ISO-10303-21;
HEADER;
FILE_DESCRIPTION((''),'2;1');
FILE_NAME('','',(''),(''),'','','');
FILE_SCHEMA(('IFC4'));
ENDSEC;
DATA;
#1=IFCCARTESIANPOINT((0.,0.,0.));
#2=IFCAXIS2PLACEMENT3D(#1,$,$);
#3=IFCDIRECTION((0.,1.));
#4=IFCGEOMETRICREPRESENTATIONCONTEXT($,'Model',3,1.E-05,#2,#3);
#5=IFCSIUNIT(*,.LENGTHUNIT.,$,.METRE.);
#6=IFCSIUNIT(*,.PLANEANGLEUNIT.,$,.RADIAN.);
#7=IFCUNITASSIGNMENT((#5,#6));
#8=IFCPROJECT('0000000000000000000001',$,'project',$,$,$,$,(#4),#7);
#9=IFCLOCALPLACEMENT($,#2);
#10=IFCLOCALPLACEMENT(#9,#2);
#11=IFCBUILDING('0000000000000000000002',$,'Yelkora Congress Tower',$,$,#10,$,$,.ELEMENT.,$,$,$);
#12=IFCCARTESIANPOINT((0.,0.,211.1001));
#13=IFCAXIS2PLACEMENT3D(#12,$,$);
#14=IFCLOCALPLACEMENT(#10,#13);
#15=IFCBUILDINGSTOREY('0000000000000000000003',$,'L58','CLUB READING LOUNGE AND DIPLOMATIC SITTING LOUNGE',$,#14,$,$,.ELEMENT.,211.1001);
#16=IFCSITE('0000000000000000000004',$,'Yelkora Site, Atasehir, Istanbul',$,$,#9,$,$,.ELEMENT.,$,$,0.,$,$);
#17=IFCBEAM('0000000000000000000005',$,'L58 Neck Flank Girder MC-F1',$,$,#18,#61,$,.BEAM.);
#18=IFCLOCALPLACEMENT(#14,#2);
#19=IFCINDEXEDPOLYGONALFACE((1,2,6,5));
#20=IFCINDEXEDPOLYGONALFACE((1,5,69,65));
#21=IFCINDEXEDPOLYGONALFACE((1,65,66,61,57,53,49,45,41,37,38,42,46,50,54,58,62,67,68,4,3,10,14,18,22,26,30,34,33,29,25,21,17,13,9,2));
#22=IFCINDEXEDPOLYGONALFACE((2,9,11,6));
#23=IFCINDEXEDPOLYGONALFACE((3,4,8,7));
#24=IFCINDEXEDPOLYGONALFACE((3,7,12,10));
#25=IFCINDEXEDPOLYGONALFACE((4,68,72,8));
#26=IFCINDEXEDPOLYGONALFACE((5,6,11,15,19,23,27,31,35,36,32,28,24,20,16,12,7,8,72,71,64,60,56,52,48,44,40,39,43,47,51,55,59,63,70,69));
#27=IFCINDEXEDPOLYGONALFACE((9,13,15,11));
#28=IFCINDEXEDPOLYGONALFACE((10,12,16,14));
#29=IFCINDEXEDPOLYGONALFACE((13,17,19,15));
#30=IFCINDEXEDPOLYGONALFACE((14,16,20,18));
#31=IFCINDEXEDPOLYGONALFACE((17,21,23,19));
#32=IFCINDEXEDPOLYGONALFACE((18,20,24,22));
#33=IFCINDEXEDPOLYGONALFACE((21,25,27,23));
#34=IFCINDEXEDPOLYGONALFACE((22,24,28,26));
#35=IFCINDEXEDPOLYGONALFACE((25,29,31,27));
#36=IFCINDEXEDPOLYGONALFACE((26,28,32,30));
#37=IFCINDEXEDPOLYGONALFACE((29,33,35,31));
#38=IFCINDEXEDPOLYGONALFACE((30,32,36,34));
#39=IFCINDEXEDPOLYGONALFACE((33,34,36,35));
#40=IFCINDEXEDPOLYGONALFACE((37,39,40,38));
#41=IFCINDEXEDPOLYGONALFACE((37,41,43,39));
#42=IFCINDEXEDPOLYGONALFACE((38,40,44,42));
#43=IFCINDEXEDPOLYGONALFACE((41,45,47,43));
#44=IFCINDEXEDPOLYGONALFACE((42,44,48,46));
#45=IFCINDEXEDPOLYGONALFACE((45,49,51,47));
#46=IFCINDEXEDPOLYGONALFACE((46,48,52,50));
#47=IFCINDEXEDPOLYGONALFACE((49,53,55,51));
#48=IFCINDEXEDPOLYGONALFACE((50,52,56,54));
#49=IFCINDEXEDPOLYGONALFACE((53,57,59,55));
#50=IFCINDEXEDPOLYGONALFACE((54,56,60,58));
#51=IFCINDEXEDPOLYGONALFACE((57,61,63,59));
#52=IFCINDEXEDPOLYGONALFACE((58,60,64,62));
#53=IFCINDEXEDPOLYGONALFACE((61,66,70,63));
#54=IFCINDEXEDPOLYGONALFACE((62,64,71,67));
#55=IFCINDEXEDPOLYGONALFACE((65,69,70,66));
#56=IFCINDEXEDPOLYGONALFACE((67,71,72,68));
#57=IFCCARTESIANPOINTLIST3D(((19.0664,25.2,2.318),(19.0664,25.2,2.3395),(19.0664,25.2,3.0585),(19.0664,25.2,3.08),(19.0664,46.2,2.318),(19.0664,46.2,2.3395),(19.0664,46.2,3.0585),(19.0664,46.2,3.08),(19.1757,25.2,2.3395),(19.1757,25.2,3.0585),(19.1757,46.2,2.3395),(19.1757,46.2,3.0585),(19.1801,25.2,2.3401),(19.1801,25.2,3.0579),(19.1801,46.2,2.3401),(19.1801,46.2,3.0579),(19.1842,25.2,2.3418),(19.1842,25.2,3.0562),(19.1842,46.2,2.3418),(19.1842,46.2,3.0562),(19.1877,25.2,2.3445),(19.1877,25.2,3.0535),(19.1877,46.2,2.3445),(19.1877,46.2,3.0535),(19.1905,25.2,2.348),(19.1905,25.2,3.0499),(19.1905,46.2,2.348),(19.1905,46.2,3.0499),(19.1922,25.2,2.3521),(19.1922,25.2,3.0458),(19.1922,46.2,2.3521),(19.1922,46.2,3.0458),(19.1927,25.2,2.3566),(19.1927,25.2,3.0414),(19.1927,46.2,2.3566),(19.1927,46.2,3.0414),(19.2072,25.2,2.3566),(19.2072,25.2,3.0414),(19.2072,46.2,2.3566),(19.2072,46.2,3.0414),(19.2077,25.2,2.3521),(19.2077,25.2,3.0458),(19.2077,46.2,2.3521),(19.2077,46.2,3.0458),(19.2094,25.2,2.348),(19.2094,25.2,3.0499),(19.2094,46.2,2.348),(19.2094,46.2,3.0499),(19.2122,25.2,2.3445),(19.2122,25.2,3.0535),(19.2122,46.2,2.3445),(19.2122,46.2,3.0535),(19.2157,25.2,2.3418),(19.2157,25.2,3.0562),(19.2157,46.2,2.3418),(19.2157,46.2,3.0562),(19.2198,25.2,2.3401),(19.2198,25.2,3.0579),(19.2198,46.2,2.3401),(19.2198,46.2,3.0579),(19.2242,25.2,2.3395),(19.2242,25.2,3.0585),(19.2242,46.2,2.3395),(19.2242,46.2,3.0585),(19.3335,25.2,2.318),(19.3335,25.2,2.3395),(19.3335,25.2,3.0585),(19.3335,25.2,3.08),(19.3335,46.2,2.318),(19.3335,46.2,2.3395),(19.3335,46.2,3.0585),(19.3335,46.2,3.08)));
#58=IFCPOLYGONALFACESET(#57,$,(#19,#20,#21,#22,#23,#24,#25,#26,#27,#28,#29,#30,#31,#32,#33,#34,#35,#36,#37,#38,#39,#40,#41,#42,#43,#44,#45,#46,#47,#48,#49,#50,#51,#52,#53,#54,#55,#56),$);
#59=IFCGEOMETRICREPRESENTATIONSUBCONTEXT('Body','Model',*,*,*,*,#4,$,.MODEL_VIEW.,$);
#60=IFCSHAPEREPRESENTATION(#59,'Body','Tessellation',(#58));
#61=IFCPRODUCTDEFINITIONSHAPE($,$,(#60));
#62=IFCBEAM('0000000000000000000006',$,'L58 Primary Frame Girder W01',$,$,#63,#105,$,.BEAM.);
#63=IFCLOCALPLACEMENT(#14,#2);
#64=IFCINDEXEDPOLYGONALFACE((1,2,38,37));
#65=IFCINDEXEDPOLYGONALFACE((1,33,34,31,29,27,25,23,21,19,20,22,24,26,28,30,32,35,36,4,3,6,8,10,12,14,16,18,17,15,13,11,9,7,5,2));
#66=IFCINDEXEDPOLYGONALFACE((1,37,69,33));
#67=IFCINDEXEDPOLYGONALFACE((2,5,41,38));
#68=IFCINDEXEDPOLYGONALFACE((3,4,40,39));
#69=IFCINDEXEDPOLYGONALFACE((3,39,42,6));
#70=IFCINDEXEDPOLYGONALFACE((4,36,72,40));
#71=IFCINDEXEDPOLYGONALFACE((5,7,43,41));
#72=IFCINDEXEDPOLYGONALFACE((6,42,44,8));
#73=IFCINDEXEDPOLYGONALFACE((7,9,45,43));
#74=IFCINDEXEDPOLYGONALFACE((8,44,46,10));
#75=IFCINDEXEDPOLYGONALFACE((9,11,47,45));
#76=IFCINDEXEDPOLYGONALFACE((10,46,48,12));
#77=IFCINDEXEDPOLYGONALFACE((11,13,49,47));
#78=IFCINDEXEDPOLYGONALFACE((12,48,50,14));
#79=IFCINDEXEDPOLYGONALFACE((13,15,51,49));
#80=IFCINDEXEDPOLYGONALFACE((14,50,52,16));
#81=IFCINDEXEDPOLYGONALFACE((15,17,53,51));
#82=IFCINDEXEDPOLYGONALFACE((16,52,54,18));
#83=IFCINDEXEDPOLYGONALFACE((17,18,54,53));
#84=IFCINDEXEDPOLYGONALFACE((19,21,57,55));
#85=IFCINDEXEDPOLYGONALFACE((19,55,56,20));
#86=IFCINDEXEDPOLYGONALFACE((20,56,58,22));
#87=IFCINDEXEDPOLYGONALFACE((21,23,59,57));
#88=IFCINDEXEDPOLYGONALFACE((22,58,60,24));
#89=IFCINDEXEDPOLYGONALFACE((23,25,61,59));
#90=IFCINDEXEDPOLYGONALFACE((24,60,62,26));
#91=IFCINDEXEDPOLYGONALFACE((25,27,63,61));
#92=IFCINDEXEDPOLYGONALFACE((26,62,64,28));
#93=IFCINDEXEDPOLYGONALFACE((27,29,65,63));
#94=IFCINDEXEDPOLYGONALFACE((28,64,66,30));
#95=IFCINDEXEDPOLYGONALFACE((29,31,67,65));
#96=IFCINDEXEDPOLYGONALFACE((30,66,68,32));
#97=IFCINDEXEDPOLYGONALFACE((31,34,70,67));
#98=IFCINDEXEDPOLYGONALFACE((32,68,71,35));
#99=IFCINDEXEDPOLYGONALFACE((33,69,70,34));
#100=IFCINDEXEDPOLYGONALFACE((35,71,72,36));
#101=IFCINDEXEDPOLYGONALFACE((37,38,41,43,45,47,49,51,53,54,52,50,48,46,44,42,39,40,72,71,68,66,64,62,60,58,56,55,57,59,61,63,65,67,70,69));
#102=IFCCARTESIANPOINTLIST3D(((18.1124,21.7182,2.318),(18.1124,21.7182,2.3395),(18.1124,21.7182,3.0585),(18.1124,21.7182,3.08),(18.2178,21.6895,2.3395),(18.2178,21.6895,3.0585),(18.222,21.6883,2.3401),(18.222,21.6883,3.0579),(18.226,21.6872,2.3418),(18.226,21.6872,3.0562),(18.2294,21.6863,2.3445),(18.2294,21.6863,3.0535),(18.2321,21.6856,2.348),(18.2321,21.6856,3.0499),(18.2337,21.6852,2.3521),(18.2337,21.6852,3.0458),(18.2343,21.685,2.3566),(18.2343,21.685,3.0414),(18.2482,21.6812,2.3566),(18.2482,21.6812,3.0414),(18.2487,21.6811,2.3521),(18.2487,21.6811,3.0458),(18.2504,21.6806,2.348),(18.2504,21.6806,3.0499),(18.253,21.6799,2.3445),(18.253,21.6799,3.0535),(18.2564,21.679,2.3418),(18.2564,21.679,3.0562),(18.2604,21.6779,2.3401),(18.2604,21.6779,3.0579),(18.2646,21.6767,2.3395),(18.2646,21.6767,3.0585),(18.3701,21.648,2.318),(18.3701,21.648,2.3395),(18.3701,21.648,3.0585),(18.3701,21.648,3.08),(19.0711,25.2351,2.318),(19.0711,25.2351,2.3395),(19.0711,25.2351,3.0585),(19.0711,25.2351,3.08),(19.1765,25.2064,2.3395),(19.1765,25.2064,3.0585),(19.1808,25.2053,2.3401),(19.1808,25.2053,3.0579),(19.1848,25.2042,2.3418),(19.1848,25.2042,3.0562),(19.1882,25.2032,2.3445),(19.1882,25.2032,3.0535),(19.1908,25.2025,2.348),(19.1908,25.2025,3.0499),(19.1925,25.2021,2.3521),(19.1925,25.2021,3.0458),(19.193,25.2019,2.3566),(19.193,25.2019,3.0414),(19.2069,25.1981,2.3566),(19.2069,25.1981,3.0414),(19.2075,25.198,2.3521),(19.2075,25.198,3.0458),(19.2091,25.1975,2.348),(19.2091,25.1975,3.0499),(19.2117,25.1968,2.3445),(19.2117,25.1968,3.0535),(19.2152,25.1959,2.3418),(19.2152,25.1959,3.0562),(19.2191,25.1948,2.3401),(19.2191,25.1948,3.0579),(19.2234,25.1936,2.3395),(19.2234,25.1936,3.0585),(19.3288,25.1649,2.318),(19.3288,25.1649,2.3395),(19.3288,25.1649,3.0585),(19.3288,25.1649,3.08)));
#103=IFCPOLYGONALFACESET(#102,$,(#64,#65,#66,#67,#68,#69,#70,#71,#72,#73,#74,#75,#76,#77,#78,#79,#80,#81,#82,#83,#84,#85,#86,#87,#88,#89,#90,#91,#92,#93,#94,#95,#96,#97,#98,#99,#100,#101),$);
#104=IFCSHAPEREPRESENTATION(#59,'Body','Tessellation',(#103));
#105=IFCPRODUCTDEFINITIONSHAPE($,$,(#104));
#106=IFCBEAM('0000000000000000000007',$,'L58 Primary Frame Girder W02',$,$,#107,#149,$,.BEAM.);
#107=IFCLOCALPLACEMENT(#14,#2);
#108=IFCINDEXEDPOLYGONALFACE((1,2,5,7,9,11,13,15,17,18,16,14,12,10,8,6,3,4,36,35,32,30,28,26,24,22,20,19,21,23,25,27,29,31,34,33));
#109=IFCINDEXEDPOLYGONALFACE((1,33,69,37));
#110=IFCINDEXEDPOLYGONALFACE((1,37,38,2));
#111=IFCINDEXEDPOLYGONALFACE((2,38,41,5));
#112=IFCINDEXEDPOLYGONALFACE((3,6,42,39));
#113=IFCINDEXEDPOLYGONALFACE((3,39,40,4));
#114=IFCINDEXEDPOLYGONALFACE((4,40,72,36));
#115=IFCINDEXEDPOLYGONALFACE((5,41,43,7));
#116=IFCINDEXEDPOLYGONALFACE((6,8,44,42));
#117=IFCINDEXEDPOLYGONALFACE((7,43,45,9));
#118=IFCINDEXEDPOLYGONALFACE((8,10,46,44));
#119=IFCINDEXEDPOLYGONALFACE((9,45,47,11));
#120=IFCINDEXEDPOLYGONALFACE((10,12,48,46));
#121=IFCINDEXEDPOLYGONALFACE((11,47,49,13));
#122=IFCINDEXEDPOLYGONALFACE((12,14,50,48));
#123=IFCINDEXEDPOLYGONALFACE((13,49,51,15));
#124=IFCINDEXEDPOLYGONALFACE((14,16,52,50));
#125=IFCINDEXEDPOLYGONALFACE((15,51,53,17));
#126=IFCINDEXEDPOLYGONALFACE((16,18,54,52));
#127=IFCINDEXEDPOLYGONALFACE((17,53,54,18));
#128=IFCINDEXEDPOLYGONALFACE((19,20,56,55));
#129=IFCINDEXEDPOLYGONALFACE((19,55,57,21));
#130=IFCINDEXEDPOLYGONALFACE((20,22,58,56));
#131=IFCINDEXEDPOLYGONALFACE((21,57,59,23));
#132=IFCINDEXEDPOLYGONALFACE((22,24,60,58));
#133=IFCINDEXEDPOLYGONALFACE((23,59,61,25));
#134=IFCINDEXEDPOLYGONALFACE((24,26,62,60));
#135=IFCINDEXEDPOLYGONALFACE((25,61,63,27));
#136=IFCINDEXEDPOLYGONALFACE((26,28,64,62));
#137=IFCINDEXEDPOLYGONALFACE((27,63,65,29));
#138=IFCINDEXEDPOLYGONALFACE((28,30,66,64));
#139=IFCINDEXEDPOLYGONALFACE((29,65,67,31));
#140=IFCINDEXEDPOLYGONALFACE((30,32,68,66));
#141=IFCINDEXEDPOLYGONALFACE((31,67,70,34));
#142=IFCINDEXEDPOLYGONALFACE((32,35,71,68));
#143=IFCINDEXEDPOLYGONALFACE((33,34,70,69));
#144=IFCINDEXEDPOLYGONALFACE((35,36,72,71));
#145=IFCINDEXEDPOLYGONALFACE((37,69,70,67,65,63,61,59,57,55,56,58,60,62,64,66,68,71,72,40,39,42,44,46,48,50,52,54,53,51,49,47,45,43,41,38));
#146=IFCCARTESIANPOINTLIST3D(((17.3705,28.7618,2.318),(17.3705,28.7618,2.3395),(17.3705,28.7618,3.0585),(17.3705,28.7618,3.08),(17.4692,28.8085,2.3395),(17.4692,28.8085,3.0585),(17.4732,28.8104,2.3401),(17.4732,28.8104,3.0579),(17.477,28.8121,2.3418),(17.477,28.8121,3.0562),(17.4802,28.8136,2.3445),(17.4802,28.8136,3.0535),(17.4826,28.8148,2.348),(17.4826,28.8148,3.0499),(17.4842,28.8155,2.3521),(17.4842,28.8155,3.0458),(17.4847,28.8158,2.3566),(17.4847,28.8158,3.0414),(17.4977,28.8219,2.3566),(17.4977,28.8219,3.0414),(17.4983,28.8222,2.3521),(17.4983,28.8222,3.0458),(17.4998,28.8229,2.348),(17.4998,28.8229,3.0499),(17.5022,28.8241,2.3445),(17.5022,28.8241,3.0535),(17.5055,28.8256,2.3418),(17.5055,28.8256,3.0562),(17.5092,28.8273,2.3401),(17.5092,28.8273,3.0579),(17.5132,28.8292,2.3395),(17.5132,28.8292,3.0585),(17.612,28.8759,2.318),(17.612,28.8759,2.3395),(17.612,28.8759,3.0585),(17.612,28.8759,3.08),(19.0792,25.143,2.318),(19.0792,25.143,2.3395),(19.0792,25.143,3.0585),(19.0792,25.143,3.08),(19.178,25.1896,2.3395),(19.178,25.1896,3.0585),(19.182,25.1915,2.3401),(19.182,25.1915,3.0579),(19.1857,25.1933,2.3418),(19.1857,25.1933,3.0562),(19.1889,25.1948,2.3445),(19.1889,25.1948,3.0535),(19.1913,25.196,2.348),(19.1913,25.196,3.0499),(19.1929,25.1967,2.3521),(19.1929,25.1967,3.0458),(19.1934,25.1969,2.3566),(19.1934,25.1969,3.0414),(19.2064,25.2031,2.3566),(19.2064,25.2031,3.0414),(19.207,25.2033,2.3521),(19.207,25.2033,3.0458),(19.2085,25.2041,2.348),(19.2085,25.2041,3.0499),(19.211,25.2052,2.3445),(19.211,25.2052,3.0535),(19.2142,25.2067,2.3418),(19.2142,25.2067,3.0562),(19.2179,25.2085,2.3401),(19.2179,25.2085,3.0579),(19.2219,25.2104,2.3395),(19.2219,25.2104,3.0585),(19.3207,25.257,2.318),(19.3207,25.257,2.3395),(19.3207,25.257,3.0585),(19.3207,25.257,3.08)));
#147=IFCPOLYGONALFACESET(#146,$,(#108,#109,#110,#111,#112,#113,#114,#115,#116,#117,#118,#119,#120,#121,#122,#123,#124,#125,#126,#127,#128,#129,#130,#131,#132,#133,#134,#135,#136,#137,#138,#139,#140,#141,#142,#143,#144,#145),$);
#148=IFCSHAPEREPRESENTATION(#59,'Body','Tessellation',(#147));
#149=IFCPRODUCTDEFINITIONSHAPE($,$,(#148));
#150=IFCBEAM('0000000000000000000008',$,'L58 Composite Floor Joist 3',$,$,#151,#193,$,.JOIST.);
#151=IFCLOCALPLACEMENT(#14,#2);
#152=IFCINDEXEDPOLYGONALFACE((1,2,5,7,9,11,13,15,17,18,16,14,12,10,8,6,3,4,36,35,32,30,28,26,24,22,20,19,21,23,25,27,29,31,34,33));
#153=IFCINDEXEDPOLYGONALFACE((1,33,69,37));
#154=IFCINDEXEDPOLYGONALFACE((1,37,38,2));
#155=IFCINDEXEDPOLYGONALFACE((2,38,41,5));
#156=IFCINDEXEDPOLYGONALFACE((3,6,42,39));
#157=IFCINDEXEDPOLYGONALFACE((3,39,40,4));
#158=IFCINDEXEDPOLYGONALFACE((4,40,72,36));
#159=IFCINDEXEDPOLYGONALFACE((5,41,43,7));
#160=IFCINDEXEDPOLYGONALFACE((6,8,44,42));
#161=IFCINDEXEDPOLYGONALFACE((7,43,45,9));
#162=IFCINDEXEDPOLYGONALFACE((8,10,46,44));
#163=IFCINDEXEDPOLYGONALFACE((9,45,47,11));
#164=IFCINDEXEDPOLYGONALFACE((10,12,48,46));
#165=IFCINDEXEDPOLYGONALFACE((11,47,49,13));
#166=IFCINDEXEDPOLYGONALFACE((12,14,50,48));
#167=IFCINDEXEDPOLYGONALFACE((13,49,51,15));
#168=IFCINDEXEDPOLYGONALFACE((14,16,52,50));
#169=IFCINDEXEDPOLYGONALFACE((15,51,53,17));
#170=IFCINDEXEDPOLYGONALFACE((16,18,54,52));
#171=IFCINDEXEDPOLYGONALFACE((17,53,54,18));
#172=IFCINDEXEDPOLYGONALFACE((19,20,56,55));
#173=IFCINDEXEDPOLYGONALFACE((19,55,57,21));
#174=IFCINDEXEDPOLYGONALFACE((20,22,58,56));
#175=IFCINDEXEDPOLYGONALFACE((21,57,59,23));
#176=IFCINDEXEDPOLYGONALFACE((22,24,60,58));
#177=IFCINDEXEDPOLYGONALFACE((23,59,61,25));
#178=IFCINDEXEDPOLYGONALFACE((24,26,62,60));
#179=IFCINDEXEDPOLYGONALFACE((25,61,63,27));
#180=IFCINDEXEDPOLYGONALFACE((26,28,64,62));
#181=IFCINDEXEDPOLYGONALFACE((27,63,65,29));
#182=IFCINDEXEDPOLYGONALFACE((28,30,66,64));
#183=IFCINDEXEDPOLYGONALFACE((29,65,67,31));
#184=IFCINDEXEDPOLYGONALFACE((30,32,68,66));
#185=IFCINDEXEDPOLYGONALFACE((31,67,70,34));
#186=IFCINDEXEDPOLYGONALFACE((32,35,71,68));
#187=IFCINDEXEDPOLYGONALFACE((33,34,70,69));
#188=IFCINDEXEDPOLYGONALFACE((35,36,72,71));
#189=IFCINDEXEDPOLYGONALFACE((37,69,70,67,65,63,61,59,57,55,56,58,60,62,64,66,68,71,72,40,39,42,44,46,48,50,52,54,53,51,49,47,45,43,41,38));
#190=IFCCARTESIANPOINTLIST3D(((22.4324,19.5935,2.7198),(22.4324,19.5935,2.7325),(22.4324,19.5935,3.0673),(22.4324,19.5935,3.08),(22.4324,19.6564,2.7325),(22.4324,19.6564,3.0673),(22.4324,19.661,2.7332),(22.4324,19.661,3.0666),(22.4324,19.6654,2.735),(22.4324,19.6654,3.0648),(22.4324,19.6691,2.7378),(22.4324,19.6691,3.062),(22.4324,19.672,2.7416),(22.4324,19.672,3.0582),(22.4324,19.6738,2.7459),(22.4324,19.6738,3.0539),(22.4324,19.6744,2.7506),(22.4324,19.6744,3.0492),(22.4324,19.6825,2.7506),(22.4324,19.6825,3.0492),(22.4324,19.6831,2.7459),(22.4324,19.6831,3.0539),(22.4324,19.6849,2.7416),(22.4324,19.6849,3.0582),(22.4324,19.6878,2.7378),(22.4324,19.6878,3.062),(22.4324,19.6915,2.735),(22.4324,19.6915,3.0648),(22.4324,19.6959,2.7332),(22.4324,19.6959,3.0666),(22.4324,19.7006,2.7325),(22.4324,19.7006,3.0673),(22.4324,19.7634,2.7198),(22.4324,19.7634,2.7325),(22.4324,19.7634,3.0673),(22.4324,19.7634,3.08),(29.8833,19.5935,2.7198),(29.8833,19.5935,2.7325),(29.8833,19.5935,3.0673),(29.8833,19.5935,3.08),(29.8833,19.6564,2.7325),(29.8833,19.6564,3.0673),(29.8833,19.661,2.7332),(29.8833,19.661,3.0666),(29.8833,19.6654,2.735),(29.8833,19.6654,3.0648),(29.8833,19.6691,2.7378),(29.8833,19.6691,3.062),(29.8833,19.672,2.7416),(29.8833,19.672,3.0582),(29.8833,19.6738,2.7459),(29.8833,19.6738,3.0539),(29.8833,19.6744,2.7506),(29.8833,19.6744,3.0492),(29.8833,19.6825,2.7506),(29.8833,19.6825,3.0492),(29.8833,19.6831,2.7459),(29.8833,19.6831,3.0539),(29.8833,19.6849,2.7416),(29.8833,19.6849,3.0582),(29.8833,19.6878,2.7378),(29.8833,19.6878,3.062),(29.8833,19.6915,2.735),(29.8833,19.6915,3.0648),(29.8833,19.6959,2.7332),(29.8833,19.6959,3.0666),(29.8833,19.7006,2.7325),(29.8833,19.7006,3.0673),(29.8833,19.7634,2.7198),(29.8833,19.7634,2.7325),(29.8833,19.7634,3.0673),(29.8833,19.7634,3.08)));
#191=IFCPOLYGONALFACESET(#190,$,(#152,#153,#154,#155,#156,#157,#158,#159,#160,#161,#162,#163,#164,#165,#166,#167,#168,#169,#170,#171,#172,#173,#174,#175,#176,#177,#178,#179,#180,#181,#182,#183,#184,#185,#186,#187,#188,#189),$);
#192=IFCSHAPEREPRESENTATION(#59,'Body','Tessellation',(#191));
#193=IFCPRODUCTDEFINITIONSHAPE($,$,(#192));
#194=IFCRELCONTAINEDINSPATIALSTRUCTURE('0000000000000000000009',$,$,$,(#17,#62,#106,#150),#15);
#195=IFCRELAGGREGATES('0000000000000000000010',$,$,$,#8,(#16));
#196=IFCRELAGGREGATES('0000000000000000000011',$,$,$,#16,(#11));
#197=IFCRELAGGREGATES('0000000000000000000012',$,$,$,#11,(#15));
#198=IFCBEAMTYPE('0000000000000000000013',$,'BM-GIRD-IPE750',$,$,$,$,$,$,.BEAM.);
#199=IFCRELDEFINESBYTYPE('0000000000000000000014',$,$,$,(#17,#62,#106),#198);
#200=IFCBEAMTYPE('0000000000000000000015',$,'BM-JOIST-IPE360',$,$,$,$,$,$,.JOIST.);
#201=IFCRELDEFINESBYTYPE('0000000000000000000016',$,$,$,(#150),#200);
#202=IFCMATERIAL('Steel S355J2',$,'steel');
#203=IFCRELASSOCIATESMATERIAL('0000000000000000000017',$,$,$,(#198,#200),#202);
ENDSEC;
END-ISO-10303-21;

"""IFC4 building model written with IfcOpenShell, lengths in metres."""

from ifc_helpers import new_model, si_unit, direction, frame, origin, origin_2d, place, context, subcontext, project, spatial, i_section, extrude, material, material_profile, profile_set, type_object, element, save


model = new_model("IFC4")

# Units and contexts
model_context = context("Model", 3, precision=1e-05, world=origin(), true_north=direction((0.0, 1.0)))
body_context = subcontext(model_context, "Body", "Model", "MODEL_VIEW")
ifc_project = project(units=[si_unit("LENGTHUNIT", "METRE"), si_unit("PLANEANGLEUNIT", "RADIAN")], contexts=[model_context])

# Site, building, storey
site_placement = place(None, origin())
site = spatial("IfcSite", under=ifc_project, at=site_placement, Name="Yelkora Site, Atasehir, Istanbul", CompositionType="ELEMENT", RefElevation=0.0)
building_placement = place(site_placement, origin())
building = spatial("IfcBuilding", under=site, at=building_placement, Name="Yelkora Congress Tower", CompositionType="ELEMENT")
storey_placement = place(building_placement, frame((0.0, 0.0, 211.1001)))
storey = spatial("IfcBuildingStorey", under=building, at=storey_placement, Name="L58", Description="CLUB READING LOUNGE AND DIPLOMATIC SITTING LOUNGE", CompositionType="ELEMENT", Elevation=211.1001)

# Shared definitions
ifc_material_1 = material(Name="Steel S355J2", Category="steel")

# Beams
ifc_material_profile_1 = material_profile(ifc_material_1, i_section(OverallWidth=0.2671, OverallDepth=0.762, WebThickness=0.0144, FlangeThickness=0.0215, FilletRadius=0.0171, at=origin_2d()), Name="IPE 750x173")
ifc_profile_set_1 = profile_set([ifc_material_profile_1], Name="Steel S355J2")
beam_type_1 = type_object("IfcBeamType", Name="BM-GIRD-IPE750", PredefinedType="BEAM", material=ifc_profile_set_1)
beam_1_placement = place(storey_placement, frame((19.2, 25.2, 2.699), z_axis=(0.0, 1.0, 0.0), x_axis=(-1.0, 0.0, 0.0)))
element("IfcBeam", 1, at=beam_1_placement, inside=storey, type_object=beam_type_1, Name="L58 Neck Flank Girder MC-F1", PredefinedType="BEAM", context=body_context, shape_type="SweptSolid", body=[
    extrude(i_section(OverallWidth=0.2671, OverallDepth=0.762, WebThickness=0.0144, FlangeThickness=0.0215, FilletRadius=0.0171, at=origin_2d()), origin(), (0.0, 0.0, 1.0), 21.0),
])
beam_2_placement = place(storey_placement, frame((18.2412, 21.6831, 2.699), z_axis=(0.263015, 0.964792, 0.0), x_axis=(-0.964792, 0.263015, 0.0)))
element("IfcBeam", 2, at=beam_2_placement, inside=storey, type_object=beam_type_1, Name="L58 Primary Frame Girder W01", PredefinedType="BEAM", context=body_context, shape_type="SweptSolid", body=[
    extrude(i_section(OverallWidth=0.2671, OverallDepth=0.762, WebThickness=0.0144, FlangeThickness=0.0215, FilletRadius=0.0171, at=origin_2d()), origin(), (0.0, 0.0, 1.0), 3.6453),
])
beam_3_placement = place(storey_placement, frame((17.4912, 28.8188, 2.699), z_axis=(0.426969, -0.904266, 0.0), x_axis=(0.904266, 0.426969, 0.0)))
element("IfcBeam", 3, at=beam_3_placement, inside=storey, type_object=beam_type_1, Name="L58 Primary Frame Girder W02", PredefinedType="BEAM", context=body_context, shape_type="SweptSolid", body=[
    extrude(i_section(OverallWidth=0.2671, OverallDepth=0.762, WebThickness=0.0144, FlangeThickness=0.0215, FilletRadius=0.0171, at=origin_2d()), origin(), (0.0, 0.0, 1.0), 4.002),
])
ifc_material_profile_2 = material_profile(ifc_material_1, i_section(OverallWidth=0.1699, OverallDepth=0.3601, WebThickness=0.0081, FlangeThickness=0.0127, FilletRadius=0.0181, at=origin_2d()), Name="IPE 360")
ifc_profile_set_2 = profile_set([ifc_material_profile_2], Name="Steel S355J2")
beam_type_2 = type_object("IfcBeamType", Name="BM-JOIST-IPE360", PredefinedType="JOIST", material=ifc_profile_set_2)
beam_4_placement = place(storey_placement, frame((22.4324, 19.6785, 2.8999), z_axis=(1.0, 0.0, 0.0), x_axis=(0.0, 1.0, 0.0)))
element("IfcBeam", 4, at=beam_4_placement, inside=storey, type_object=beam_type_2, Name="L58 Composite Floor Joist 3", PredefinedType="JOIST", context=body_context, shape_type="SweptSolid", body=[
    extrude(i_section(OverallWidth=0.1699, OverallDepth=0.3601, WebThickness=0.0081, FlangeThickness=0.0127, FilletRadius=0.0181, at=origin_2d()), origin(), (0.0, 0.0, 1.0), 7.4509),
])

save(model, "model.ifc")
